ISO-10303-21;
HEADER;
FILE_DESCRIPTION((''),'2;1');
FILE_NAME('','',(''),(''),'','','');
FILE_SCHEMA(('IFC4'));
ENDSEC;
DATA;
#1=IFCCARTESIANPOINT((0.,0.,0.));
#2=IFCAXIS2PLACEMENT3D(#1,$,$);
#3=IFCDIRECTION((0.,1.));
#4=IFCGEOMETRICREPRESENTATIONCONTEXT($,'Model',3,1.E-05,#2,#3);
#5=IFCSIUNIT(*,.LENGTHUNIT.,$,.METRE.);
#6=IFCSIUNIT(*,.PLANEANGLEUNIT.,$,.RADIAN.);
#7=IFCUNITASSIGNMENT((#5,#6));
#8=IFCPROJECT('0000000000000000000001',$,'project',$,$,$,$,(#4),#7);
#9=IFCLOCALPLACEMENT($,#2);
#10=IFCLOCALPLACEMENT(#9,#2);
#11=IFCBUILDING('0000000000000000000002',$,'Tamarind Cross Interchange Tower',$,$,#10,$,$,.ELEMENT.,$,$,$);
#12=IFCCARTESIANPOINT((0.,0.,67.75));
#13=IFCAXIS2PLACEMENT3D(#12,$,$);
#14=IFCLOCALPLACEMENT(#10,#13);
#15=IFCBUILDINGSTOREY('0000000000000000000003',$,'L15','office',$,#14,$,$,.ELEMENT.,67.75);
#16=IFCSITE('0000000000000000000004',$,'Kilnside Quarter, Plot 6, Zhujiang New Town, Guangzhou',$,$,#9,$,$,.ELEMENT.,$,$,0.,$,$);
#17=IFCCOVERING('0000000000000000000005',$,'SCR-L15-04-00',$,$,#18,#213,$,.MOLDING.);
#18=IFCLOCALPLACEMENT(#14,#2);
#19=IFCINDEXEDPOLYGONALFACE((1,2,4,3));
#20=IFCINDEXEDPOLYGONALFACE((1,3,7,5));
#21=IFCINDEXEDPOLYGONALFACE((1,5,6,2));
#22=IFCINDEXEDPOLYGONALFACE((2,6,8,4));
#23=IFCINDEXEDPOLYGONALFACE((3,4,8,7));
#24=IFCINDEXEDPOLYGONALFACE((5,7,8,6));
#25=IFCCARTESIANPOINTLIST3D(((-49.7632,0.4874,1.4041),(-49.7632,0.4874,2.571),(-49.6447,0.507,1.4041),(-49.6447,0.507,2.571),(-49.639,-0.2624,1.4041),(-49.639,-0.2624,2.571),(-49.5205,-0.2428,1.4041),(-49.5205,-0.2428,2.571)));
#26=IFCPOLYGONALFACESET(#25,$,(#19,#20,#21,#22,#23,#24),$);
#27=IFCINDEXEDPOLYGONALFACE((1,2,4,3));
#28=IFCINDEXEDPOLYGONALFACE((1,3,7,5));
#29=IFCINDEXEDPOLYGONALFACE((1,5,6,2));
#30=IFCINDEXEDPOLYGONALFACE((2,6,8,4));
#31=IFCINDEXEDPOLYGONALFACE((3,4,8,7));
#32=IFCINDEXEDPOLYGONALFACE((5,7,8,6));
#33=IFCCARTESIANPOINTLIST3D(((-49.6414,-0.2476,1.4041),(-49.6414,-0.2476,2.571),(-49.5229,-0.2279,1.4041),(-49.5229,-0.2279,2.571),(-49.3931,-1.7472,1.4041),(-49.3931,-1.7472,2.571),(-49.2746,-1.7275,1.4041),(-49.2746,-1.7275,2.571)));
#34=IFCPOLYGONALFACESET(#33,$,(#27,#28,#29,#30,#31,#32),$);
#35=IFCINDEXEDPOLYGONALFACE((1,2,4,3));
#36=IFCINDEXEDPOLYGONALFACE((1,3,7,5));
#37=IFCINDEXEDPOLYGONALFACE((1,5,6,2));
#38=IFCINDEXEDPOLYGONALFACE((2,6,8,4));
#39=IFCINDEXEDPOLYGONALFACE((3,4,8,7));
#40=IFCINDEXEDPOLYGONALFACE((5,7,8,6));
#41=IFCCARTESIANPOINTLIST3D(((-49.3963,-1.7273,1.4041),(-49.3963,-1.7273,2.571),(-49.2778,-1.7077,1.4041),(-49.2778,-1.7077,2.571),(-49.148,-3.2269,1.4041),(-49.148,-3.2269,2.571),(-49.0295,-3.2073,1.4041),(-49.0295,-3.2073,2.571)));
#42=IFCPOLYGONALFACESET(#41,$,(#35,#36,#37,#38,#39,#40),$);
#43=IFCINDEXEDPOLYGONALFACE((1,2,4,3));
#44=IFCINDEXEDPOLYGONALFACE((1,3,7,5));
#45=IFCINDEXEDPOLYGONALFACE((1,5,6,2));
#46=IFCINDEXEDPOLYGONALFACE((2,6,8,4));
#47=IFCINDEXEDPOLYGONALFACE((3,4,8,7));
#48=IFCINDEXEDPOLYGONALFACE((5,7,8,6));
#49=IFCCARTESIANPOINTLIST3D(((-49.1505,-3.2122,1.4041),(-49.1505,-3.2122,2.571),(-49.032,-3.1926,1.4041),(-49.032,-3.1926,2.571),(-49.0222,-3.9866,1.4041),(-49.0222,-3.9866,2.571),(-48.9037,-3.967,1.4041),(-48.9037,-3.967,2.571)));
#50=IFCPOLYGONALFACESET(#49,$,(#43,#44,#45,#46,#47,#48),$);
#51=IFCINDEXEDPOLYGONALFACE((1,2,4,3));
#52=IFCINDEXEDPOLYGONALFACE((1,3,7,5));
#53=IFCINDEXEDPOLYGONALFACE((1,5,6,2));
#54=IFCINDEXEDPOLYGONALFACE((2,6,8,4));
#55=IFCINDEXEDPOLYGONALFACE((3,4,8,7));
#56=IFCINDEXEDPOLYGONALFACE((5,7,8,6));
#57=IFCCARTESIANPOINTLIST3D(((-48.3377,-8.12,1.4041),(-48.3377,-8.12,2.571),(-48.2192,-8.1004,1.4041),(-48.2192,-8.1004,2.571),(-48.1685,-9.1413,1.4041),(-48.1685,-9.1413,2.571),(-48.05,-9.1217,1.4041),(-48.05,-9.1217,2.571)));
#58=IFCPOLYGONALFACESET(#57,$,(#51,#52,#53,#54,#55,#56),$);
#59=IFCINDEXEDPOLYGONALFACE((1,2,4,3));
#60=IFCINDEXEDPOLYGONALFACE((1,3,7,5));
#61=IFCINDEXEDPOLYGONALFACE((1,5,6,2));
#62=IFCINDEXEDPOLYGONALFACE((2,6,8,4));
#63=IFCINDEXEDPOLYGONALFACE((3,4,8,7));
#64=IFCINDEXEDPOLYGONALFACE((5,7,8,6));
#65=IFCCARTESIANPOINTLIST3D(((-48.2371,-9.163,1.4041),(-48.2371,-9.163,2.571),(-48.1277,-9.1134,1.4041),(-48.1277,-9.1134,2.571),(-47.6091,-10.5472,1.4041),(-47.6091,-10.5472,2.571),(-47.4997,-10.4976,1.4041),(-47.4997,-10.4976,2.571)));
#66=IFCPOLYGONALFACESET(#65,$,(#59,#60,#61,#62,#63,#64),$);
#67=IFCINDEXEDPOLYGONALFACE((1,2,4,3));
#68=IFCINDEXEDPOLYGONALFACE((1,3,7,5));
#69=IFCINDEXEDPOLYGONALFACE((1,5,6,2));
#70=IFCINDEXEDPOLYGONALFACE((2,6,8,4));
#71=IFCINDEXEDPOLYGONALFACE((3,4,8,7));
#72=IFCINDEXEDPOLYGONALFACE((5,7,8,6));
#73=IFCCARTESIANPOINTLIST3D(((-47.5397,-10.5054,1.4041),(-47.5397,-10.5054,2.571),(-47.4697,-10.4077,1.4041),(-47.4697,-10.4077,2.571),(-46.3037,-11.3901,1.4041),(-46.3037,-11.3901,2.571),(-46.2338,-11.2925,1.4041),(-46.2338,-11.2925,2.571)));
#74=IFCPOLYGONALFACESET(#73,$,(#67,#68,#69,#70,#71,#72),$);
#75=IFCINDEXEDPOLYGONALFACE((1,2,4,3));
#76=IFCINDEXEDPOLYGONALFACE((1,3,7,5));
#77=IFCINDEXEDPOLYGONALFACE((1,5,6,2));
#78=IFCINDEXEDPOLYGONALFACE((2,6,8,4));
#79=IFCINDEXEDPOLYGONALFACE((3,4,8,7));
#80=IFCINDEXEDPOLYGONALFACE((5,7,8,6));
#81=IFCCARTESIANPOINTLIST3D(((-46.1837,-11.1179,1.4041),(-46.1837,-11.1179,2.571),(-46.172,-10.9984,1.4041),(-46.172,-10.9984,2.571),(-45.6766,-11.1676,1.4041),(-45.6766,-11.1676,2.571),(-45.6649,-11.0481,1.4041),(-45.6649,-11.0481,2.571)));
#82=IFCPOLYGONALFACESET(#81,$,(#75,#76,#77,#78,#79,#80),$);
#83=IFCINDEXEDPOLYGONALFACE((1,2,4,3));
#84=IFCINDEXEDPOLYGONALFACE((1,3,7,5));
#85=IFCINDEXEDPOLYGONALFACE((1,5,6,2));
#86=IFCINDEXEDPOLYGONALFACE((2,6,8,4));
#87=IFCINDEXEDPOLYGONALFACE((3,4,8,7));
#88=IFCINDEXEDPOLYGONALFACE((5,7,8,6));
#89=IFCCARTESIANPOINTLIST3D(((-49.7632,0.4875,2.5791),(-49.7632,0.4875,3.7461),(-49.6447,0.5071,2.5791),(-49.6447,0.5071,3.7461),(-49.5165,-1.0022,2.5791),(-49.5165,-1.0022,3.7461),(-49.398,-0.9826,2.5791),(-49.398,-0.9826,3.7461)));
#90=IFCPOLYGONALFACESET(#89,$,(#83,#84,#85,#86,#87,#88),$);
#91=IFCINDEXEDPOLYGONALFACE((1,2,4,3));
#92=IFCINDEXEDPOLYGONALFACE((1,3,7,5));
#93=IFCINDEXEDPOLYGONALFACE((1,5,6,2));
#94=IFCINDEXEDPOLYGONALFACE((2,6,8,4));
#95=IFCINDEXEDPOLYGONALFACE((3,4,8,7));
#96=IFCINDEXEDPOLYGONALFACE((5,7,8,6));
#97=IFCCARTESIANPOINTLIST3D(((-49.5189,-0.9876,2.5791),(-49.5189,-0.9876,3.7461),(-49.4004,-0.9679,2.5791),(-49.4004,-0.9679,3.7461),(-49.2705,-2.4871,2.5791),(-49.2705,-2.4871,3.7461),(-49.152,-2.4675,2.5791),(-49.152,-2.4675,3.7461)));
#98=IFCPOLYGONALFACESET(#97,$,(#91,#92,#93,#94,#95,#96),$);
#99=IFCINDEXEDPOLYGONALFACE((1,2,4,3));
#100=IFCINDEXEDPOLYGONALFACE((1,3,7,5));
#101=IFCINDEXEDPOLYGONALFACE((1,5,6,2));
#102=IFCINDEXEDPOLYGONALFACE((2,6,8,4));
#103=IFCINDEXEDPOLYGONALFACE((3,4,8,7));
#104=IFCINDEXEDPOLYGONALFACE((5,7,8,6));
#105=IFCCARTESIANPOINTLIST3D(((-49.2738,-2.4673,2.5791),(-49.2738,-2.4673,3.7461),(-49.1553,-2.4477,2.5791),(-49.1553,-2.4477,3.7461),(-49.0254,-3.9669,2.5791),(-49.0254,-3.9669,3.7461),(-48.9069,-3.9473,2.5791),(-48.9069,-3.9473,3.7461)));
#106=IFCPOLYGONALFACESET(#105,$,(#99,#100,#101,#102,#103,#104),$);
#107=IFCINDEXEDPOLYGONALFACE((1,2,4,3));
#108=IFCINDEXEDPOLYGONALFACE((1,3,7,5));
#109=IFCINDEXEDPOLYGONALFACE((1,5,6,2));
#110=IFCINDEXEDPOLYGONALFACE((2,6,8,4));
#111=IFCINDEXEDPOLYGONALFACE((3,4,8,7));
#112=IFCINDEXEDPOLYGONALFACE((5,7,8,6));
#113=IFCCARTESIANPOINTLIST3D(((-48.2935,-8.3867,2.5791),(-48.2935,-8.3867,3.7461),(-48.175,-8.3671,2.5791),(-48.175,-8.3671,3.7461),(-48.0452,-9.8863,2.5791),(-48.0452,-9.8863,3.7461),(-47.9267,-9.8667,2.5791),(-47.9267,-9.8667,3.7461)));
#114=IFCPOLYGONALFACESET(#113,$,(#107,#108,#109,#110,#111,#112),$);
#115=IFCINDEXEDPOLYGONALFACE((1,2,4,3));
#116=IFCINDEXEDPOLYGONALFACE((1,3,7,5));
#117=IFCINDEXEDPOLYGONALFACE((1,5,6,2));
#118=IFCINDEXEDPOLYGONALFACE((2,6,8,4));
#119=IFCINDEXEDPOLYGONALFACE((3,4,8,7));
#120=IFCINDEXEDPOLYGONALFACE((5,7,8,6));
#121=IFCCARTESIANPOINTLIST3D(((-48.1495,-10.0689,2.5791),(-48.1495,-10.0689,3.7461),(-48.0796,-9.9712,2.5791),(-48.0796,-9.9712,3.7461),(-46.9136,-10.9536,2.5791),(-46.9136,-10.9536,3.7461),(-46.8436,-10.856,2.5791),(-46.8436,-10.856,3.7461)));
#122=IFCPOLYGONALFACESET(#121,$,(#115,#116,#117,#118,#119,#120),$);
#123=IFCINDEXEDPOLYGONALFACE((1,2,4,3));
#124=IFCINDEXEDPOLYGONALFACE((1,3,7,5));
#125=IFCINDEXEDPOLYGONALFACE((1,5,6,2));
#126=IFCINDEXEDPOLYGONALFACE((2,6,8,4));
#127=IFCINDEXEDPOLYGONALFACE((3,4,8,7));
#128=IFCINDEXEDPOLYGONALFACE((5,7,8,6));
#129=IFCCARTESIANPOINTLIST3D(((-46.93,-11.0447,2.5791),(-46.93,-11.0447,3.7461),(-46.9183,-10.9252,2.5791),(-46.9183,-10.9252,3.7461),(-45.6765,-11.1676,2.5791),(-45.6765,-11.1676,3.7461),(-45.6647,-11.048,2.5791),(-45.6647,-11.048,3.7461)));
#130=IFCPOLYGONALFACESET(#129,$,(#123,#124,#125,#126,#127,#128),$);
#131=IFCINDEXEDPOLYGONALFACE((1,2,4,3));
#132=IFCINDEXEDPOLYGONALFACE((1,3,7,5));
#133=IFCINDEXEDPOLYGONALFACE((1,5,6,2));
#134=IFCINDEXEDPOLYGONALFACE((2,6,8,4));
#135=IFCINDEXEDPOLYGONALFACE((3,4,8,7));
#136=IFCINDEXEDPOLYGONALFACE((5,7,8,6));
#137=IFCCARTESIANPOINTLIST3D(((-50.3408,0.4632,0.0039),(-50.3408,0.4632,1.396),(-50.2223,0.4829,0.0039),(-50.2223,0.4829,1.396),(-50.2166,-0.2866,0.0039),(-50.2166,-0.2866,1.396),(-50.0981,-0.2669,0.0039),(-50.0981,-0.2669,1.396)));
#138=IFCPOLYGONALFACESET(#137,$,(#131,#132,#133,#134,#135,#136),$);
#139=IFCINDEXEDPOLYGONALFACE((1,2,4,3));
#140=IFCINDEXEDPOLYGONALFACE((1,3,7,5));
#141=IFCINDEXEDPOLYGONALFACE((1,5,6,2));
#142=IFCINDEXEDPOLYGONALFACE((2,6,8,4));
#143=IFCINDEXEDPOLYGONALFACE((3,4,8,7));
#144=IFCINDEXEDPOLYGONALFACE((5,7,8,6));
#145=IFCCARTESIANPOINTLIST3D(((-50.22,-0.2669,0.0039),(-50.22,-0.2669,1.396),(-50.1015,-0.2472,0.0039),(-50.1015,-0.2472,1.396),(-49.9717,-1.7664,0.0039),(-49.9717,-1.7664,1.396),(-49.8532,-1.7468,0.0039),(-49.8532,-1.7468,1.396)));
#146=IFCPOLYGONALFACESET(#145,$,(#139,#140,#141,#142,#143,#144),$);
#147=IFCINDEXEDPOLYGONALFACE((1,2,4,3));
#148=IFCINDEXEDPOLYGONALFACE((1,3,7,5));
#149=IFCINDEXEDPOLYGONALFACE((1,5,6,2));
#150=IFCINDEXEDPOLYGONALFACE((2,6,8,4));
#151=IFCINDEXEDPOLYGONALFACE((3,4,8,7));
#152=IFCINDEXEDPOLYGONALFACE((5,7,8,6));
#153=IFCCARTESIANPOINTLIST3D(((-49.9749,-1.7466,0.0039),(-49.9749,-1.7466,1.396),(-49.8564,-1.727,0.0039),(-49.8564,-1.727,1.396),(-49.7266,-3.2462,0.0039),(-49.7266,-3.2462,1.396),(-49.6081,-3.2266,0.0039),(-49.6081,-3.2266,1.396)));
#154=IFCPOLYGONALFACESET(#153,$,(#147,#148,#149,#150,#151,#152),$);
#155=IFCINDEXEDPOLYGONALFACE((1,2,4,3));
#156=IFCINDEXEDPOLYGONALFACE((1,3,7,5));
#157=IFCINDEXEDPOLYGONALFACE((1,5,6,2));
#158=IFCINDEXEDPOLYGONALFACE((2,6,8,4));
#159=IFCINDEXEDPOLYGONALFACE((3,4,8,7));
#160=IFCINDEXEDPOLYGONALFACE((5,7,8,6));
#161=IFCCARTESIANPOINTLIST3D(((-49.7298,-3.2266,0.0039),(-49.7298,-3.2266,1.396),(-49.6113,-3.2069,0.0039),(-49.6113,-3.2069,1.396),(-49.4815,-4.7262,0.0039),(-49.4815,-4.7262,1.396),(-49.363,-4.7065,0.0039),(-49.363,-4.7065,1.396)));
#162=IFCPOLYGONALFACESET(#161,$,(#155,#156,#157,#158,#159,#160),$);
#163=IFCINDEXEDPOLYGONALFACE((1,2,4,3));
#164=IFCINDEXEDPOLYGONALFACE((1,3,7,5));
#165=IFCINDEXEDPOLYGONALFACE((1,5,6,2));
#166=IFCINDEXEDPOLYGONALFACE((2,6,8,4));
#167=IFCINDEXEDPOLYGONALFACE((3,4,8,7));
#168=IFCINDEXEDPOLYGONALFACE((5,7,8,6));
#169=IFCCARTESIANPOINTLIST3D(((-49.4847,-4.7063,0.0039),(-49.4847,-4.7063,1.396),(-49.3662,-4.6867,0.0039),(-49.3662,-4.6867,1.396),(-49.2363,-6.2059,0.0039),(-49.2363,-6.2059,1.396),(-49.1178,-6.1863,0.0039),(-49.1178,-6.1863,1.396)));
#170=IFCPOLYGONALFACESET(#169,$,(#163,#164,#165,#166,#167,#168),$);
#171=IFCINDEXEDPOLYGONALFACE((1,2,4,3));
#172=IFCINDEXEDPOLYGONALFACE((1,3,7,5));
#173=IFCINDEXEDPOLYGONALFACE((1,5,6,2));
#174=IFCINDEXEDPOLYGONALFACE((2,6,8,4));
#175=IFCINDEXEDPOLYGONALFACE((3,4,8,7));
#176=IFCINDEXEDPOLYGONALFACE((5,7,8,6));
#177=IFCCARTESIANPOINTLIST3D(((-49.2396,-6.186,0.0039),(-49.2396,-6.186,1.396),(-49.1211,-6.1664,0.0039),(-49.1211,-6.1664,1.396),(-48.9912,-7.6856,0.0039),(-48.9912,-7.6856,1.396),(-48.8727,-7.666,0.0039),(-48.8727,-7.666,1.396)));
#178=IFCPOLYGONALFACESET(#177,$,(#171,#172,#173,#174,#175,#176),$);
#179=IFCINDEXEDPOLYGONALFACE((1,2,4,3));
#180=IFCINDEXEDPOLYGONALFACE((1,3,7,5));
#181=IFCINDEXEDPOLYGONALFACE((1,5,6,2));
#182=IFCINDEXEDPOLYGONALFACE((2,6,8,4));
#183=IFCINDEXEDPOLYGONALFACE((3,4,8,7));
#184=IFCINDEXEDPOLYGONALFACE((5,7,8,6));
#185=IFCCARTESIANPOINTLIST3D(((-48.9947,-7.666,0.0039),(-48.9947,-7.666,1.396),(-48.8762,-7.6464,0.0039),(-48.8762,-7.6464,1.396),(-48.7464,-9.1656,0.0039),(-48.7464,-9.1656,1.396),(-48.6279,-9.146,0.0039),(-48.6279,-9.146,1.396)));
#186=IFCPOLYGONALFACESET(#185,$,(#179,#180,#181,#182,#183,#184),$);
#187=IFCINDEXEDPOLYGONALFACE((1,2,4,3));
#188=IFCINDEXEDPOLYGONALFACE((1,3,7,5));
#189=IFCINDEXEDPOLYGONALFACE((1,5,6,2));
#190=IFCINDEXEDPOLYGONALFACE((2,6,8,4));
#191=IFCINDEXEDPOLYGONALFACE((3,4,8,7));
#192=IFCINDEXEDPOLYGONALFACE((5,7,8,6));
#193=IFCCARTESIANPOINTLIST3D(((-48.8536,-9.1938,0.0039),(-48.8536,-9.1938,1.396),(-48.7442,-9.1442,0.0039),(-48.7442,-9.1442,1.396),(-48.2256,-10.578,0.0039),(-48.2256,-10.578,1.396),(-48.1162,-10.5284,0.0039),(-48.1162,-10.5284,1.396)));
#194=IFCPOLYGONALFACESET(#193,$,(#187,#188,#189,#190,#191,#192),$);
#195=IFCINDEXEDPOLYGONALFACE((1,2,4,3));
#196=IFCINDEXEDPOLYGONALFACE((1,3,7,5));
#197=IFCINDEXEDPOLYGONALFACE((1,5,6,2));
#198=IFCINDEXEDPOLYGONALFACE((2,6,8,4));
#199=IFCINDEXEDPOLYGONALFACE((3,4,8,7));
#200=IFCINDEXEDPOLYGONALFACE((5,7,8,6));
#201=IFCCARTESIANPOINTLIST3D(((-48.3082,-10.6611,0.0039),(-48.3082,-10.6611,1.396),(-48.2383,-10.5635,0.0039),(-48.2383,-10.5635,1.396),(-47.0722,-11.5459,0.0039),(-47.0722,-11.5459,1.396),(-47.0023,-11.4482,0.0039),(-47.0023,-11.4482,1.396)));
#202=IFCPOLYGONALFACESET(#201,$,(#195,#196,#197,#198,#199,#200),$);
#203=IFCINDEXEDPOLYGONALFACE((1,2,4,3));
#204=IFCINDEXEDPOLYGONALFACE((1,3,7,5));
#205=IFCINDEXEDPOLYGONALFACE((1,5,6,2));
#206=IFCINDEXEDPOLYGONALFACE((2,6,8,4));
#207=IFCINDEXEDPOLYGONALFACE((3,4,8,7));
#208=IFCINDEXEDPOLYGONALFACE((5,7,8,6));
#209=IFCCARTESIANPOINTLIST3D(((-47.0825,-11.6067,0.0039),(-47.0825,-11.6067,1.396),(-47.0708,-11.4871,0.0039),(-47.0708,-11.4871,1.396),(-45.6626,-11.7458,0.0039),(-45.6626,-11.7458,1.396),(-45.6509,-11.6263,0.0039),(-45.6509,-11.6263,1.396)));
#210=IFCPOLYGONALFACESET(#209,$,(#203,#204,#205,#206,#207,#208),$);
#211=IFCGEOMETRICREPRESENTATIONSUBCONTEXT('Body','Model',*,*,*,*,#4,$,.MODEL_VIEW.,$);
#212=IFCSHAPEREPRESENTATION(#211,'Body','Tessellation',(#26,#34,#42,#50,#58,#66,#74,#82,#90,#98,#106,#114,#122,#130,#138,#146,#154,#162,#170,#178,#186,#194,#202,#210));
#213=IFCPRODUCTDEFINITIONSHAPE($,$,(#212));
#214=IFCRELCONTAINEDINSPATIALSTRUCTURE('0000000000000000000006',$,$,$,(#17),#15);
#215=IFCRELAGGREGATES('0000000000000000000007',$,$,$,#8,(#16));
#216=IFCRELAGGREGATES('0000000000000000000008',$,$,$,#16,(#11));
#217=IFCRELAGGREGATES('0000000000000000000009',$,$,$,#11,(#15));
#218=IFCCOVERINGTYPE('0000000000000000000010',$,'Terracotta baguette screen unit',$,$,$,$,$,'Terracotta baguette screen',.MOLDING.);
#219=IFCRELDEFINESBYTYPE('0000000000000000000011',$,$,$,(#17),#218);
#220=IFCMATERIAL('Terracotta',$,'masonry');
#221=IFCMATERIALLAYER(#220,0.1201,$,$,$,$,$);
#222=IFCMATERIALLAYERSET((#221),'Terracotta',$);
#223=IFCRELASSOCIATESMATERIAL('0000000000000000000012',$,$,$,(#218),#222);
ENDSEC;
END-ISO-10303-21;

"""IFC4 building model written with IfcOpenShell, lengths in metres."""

from ifc_helpers import new_model, si_unit, direction, frame, origin, origin_2d, place, context, subcontext, project, spatial, rectangle, extrude, material, layer, layer_set, type_object, element, save


model = new_model("IFC4")

# Units and contexts
model_context = context("Model", 3, precision=1e-05, world=origin(), true_north=direction((0.0, 1.0)))
body_context = subcontext(model_context, "Body", "Model", "MODEL_VIEW")
ifc_project = project(units=[si_unit("LENGTHUNIT", "METRE"), si_unit("PLANEANGLEUNIT", "RADIAN")], contexts=[model_context])

# Site, building, storey
site_placement = place(None, origin())
site = spatial("IfcSite", under=ifc_project, at=site_placement, Name="Kilnside Quarter, Plot 6, Zhujiang New Town, Guangzhou", CompositionType="ELEMENT", RefElevation=0.0)
building_placement = place(site_placement, origin())
building = spatial("IfcBuilding", under=site, at=building_placement, Name="Tamarind Cross Interchange Tower", CompositionType="ELEMENT")
storey_placement = place(building_placement, frame((0.0, 0.0, 67.75)))
storey = spatial("IfcBuildingStorey", under=building, at=storey_placement, Name="L15", Description="office", CompositionType="ELEMENT", Elevation=67.75)

# Covering
ifc_material_1 = material(Name="Terracotta", Category="masonry")
ifc_layer_1 = layer(ifc_material_1, 0.1201)
ifc_layer_set_1 = layer_set([ifc_layer_1], Name="Terracotta")
covering_type = type_object("IfcCoveringType", Name="Terracotta baguette screen unit", ElementType="Terracotta baguette screen", PredefinedType="MOLDING", material=ifc_layer_set_1)
covering_1_placement = place(storey_placement, origin())
element("IfcCovering", 1, at=covering_1_placement, inside=storey, type_object=covering_type, Name="SCR-L15-04-00", PredefinedType="MOLDING", context=body_context, shape_type="SweptSolid", body=[
    extrude(rectangle(XDim=0.76, YDim=0.1201, at=origin_2d()), frame((-49.6418, 0.1223, 1.4041), z_axis=(0.0, 0.0, 1.0), x_axis=(0.163381, -0.986563, 0.0)), (0.0, 0.0, 1.0), 1.167),
    extrude(rectangle(XDim=1.52, YDim=0.1201, at=origin_2d()), frame((-49.458, -0.9875, 1.4041), z_axis=(0.0, 0.0, 1.0), x_axis=(0.163381, -0.986563, 0.0)), (0.0, 0.0, 1.0), 1.167),
    extrude(rectangle(XDim=1.52, YDim=0.1201, at=origin_2d()), frame((-49.2129, -2.4673, 1.4041), z_axis=(0.0, 0.0, 1.0), x_axis=(0.163381, -0.986563, 0.0)), (0.0, 0.0, 1.0), 1.167),
    extrude(rectangle(XDim=0.7849, YDim=0.1201, at=origin_2d()), frame((-49.0271, -3.5896, 1.4041), z_axis=(0.0, 0.0, 1.0), x_axis=(0.163381, -0.986563, 0.0)), (0.0, 0.0, 1.0), 1.167),
    extrude(rectangle(XDim=1.0352, YDim=0.1201, at=origin_2d()), frame((-48.1938, -8.6208, 1.4041), z_axis=(0.0, 0.0, 1.0), x_axis=(0.163381, -0.986563, 0.0)), (0.0, 0.0, 1.0), 1.167),
    extrude(rectangle(XDim=1.52, YDim=0.1201, at=origin_2d()), frame((-47.8684, -9.8303, 1.4041), z_axis=(0.0, 0.0, 1.0), x_axis=(0.413155, -0.910661, 0.0)), (0.0, 0.0, 1.0), 1.167),
    extrude(rectangle(XDim=1.52, YDim=0.1201, at=origin_2d()), frame((-46.8867, -10.8989, 1.4041), z_axis=(0.0, 0.0, 1.0), x_axis=(0.813133, -0.582078, 0.0)), (0.0, 0.0, 1.0), 1.167),
    extrude(rectangle(XDim=0.5095, YDim=0.1201, at=origin_2d()), frame((-45.9243, -11.083, 1.4041), z_axis=(0.0, 0.0, 1.0), x_axis=(0.995233, -0.097527, 0.0)), (0.0, 0.0, 1.0), 1.167),
    extrude(rectangle(XDim=1.51, YDim=0.1201, at=origin_2d()), frame((-49.5806, -0.2476, 2.5791), z_axis=(0.0, 0.0, 1.0), x_axis=(0.163381, -0.986563, 0.0)), (0.0, 0.0, 1.0), 1.167),
    extrude(rectangle(XDim=1.52, YDim=0.1201, at=origin_2d()), frame((-49.3354, -1.7275, 2.5791), z_axis=(0.0, 0.0, 1.0), x_axis=(0.163381, -0.986563, 0.0)), (0.0, 0.0, 1.0), 1.167),
    extrude(rectangle(XDim=1.52, YDim=0.1201, at=origin_2d()), frame((-49.0903, -3.2073, 2.5791), z_axis=(0.0, 0.0, 1.0), x_axis=(0.163381, -0.986563, 0.0)), (0.0, 0.0, 1.0), 1.167),
    extrude(rectangle(XDim=1.52, YDim=0.1201, at=origin_2d()), frame((-48.1101, -9.1267, 2.5791), z_axis=(0.0, 0.0, 1.0), x_axis=(0.163381, -0.986563, 0.0)), (0.0, 0.0, 1.0), 1.167),
    extrude(rectangle(XDim=1.52, YDim=0.1201, at=origin_2d()), frame((-47.4966, -10.4624, 2.5791), z_axis=(0.0, 0.0, 1.0), x_axis=(0.813133, -0.582078, 0.0)), (0.0, 0.0, 1.0), 1.167),
    extrude(rectangle(XDim=1.2595, YDim=0.1201, at=origin_2d()), frame((-46.2974, -11.0464, 2.5791), z_axis=(0.0, 0.0, 1.0), x_axis=(0.995233, -0.097527, 0.0)), (0.0, 0.0, 1.0), 1.167),
    extrude(rectangle(XDim=0.76, YDim=0.1201, at=origin_2d()), frame((-50.2195, 0.0981, 0.0039), z_axis=(0.0, 0.0, 1.0), x_axis=(0.163381, -0.986563, 0.0)), (0.0, 0.0, 1.0), 1.3921),
    extrude(rectangle(XDim=1.52, YDim=0.1201, at=origin_2d()), frame((-50.0366, -1.0068, 0.0039), z_axis=(0.0, 0.0, 1.0), x_axis=(0.163381, -0.986563, 0.0)), (0.0, 0.0, 1.0), 1.3921),
    extrude(rectangle(XDim=1.52, YDim=0.1201, at=origin_2d()), frame((-49.7915, -2.4866, 0.0039), z_axis=(0.0, 0.0, 1.0), x_axis=(0.163381, -0.986563, 0.0)), (0.0, 0.0, 1.0), 1.3921),
    extrude(rectangle(XDim=1.52, YDim=0.1201, at=origin_2d()), frame((-49.5464, -3.9666, 0.0039), z_axis=(0.0, 0.0, 1.0), x_axis=(0.163381, -0.986563, 0.0)), (0.0, 0.0, 1.0), 1.3921),
    extrude(rectangle(XDim=1.52, YDim=0.1201, at=origin_2d()), frame((-49.3013, -5.4463, 0.0039), z_axis=(0.0, 0.0, 1.0), x_axis=(0.163381, -0.986563, 0.0)), (0.0, 0.0, 1.0), 1.3921),
    extrude(rectangle(XDim=1.52, YDim=0.1201, at=origin_2d()), frame((-49.0562, -6.926, 0.0039), z_axis=(0.0, 0.0, 1.0), x_axis=(0.163381, -0.986563, 0.0)), (0.0, 0.0, 1.0), 1.3921),
    extrude(rectangle(XDim=1.52, YDim=0.1201, at=origin_2d()), frame((-48.8113, -8.406, 0.0039), z_axis=(0.0, 0.0, 1.0), x_axis=(0.163381, -0.986563, 0.0)), (0.0, 0.0, 1.0), 1.3921),
    extrude(rectangle(XDim=1.52, YDim=0.1201, at=origin_2d()), frame((-48.4849, -9.8611, 0.0039), z_axis=(0.0, 0.0, 1.0), x_axis=(0.413155, -0.910661, 0.0)), (0.0, 0.0, 1.0), 1.3921),
    extrude(rectangle(XDim=1.52, YDim=0.1201, at=origin_2d()), frame((-47.6553, -11.0547, 0.0039), z_axis=(0.0, 0.0, 1.0), x_axis=(0.813133, -0.582078, 0.0)), (0.0, 0.0, 1.0), 1.3921),
    extrude(rectangle(XDim=1.4268, YDim=0.1201, at=origin_2d()), frame((-46.3667, -11.6165, 0.0039), z_axis=(0.0, 0.0, 1.0), x_axis=(0.995233, -0.097527, 0.0)), (0.0, 0.0, 1.0), 1.3921),
])

save(model, "model.ifc")
